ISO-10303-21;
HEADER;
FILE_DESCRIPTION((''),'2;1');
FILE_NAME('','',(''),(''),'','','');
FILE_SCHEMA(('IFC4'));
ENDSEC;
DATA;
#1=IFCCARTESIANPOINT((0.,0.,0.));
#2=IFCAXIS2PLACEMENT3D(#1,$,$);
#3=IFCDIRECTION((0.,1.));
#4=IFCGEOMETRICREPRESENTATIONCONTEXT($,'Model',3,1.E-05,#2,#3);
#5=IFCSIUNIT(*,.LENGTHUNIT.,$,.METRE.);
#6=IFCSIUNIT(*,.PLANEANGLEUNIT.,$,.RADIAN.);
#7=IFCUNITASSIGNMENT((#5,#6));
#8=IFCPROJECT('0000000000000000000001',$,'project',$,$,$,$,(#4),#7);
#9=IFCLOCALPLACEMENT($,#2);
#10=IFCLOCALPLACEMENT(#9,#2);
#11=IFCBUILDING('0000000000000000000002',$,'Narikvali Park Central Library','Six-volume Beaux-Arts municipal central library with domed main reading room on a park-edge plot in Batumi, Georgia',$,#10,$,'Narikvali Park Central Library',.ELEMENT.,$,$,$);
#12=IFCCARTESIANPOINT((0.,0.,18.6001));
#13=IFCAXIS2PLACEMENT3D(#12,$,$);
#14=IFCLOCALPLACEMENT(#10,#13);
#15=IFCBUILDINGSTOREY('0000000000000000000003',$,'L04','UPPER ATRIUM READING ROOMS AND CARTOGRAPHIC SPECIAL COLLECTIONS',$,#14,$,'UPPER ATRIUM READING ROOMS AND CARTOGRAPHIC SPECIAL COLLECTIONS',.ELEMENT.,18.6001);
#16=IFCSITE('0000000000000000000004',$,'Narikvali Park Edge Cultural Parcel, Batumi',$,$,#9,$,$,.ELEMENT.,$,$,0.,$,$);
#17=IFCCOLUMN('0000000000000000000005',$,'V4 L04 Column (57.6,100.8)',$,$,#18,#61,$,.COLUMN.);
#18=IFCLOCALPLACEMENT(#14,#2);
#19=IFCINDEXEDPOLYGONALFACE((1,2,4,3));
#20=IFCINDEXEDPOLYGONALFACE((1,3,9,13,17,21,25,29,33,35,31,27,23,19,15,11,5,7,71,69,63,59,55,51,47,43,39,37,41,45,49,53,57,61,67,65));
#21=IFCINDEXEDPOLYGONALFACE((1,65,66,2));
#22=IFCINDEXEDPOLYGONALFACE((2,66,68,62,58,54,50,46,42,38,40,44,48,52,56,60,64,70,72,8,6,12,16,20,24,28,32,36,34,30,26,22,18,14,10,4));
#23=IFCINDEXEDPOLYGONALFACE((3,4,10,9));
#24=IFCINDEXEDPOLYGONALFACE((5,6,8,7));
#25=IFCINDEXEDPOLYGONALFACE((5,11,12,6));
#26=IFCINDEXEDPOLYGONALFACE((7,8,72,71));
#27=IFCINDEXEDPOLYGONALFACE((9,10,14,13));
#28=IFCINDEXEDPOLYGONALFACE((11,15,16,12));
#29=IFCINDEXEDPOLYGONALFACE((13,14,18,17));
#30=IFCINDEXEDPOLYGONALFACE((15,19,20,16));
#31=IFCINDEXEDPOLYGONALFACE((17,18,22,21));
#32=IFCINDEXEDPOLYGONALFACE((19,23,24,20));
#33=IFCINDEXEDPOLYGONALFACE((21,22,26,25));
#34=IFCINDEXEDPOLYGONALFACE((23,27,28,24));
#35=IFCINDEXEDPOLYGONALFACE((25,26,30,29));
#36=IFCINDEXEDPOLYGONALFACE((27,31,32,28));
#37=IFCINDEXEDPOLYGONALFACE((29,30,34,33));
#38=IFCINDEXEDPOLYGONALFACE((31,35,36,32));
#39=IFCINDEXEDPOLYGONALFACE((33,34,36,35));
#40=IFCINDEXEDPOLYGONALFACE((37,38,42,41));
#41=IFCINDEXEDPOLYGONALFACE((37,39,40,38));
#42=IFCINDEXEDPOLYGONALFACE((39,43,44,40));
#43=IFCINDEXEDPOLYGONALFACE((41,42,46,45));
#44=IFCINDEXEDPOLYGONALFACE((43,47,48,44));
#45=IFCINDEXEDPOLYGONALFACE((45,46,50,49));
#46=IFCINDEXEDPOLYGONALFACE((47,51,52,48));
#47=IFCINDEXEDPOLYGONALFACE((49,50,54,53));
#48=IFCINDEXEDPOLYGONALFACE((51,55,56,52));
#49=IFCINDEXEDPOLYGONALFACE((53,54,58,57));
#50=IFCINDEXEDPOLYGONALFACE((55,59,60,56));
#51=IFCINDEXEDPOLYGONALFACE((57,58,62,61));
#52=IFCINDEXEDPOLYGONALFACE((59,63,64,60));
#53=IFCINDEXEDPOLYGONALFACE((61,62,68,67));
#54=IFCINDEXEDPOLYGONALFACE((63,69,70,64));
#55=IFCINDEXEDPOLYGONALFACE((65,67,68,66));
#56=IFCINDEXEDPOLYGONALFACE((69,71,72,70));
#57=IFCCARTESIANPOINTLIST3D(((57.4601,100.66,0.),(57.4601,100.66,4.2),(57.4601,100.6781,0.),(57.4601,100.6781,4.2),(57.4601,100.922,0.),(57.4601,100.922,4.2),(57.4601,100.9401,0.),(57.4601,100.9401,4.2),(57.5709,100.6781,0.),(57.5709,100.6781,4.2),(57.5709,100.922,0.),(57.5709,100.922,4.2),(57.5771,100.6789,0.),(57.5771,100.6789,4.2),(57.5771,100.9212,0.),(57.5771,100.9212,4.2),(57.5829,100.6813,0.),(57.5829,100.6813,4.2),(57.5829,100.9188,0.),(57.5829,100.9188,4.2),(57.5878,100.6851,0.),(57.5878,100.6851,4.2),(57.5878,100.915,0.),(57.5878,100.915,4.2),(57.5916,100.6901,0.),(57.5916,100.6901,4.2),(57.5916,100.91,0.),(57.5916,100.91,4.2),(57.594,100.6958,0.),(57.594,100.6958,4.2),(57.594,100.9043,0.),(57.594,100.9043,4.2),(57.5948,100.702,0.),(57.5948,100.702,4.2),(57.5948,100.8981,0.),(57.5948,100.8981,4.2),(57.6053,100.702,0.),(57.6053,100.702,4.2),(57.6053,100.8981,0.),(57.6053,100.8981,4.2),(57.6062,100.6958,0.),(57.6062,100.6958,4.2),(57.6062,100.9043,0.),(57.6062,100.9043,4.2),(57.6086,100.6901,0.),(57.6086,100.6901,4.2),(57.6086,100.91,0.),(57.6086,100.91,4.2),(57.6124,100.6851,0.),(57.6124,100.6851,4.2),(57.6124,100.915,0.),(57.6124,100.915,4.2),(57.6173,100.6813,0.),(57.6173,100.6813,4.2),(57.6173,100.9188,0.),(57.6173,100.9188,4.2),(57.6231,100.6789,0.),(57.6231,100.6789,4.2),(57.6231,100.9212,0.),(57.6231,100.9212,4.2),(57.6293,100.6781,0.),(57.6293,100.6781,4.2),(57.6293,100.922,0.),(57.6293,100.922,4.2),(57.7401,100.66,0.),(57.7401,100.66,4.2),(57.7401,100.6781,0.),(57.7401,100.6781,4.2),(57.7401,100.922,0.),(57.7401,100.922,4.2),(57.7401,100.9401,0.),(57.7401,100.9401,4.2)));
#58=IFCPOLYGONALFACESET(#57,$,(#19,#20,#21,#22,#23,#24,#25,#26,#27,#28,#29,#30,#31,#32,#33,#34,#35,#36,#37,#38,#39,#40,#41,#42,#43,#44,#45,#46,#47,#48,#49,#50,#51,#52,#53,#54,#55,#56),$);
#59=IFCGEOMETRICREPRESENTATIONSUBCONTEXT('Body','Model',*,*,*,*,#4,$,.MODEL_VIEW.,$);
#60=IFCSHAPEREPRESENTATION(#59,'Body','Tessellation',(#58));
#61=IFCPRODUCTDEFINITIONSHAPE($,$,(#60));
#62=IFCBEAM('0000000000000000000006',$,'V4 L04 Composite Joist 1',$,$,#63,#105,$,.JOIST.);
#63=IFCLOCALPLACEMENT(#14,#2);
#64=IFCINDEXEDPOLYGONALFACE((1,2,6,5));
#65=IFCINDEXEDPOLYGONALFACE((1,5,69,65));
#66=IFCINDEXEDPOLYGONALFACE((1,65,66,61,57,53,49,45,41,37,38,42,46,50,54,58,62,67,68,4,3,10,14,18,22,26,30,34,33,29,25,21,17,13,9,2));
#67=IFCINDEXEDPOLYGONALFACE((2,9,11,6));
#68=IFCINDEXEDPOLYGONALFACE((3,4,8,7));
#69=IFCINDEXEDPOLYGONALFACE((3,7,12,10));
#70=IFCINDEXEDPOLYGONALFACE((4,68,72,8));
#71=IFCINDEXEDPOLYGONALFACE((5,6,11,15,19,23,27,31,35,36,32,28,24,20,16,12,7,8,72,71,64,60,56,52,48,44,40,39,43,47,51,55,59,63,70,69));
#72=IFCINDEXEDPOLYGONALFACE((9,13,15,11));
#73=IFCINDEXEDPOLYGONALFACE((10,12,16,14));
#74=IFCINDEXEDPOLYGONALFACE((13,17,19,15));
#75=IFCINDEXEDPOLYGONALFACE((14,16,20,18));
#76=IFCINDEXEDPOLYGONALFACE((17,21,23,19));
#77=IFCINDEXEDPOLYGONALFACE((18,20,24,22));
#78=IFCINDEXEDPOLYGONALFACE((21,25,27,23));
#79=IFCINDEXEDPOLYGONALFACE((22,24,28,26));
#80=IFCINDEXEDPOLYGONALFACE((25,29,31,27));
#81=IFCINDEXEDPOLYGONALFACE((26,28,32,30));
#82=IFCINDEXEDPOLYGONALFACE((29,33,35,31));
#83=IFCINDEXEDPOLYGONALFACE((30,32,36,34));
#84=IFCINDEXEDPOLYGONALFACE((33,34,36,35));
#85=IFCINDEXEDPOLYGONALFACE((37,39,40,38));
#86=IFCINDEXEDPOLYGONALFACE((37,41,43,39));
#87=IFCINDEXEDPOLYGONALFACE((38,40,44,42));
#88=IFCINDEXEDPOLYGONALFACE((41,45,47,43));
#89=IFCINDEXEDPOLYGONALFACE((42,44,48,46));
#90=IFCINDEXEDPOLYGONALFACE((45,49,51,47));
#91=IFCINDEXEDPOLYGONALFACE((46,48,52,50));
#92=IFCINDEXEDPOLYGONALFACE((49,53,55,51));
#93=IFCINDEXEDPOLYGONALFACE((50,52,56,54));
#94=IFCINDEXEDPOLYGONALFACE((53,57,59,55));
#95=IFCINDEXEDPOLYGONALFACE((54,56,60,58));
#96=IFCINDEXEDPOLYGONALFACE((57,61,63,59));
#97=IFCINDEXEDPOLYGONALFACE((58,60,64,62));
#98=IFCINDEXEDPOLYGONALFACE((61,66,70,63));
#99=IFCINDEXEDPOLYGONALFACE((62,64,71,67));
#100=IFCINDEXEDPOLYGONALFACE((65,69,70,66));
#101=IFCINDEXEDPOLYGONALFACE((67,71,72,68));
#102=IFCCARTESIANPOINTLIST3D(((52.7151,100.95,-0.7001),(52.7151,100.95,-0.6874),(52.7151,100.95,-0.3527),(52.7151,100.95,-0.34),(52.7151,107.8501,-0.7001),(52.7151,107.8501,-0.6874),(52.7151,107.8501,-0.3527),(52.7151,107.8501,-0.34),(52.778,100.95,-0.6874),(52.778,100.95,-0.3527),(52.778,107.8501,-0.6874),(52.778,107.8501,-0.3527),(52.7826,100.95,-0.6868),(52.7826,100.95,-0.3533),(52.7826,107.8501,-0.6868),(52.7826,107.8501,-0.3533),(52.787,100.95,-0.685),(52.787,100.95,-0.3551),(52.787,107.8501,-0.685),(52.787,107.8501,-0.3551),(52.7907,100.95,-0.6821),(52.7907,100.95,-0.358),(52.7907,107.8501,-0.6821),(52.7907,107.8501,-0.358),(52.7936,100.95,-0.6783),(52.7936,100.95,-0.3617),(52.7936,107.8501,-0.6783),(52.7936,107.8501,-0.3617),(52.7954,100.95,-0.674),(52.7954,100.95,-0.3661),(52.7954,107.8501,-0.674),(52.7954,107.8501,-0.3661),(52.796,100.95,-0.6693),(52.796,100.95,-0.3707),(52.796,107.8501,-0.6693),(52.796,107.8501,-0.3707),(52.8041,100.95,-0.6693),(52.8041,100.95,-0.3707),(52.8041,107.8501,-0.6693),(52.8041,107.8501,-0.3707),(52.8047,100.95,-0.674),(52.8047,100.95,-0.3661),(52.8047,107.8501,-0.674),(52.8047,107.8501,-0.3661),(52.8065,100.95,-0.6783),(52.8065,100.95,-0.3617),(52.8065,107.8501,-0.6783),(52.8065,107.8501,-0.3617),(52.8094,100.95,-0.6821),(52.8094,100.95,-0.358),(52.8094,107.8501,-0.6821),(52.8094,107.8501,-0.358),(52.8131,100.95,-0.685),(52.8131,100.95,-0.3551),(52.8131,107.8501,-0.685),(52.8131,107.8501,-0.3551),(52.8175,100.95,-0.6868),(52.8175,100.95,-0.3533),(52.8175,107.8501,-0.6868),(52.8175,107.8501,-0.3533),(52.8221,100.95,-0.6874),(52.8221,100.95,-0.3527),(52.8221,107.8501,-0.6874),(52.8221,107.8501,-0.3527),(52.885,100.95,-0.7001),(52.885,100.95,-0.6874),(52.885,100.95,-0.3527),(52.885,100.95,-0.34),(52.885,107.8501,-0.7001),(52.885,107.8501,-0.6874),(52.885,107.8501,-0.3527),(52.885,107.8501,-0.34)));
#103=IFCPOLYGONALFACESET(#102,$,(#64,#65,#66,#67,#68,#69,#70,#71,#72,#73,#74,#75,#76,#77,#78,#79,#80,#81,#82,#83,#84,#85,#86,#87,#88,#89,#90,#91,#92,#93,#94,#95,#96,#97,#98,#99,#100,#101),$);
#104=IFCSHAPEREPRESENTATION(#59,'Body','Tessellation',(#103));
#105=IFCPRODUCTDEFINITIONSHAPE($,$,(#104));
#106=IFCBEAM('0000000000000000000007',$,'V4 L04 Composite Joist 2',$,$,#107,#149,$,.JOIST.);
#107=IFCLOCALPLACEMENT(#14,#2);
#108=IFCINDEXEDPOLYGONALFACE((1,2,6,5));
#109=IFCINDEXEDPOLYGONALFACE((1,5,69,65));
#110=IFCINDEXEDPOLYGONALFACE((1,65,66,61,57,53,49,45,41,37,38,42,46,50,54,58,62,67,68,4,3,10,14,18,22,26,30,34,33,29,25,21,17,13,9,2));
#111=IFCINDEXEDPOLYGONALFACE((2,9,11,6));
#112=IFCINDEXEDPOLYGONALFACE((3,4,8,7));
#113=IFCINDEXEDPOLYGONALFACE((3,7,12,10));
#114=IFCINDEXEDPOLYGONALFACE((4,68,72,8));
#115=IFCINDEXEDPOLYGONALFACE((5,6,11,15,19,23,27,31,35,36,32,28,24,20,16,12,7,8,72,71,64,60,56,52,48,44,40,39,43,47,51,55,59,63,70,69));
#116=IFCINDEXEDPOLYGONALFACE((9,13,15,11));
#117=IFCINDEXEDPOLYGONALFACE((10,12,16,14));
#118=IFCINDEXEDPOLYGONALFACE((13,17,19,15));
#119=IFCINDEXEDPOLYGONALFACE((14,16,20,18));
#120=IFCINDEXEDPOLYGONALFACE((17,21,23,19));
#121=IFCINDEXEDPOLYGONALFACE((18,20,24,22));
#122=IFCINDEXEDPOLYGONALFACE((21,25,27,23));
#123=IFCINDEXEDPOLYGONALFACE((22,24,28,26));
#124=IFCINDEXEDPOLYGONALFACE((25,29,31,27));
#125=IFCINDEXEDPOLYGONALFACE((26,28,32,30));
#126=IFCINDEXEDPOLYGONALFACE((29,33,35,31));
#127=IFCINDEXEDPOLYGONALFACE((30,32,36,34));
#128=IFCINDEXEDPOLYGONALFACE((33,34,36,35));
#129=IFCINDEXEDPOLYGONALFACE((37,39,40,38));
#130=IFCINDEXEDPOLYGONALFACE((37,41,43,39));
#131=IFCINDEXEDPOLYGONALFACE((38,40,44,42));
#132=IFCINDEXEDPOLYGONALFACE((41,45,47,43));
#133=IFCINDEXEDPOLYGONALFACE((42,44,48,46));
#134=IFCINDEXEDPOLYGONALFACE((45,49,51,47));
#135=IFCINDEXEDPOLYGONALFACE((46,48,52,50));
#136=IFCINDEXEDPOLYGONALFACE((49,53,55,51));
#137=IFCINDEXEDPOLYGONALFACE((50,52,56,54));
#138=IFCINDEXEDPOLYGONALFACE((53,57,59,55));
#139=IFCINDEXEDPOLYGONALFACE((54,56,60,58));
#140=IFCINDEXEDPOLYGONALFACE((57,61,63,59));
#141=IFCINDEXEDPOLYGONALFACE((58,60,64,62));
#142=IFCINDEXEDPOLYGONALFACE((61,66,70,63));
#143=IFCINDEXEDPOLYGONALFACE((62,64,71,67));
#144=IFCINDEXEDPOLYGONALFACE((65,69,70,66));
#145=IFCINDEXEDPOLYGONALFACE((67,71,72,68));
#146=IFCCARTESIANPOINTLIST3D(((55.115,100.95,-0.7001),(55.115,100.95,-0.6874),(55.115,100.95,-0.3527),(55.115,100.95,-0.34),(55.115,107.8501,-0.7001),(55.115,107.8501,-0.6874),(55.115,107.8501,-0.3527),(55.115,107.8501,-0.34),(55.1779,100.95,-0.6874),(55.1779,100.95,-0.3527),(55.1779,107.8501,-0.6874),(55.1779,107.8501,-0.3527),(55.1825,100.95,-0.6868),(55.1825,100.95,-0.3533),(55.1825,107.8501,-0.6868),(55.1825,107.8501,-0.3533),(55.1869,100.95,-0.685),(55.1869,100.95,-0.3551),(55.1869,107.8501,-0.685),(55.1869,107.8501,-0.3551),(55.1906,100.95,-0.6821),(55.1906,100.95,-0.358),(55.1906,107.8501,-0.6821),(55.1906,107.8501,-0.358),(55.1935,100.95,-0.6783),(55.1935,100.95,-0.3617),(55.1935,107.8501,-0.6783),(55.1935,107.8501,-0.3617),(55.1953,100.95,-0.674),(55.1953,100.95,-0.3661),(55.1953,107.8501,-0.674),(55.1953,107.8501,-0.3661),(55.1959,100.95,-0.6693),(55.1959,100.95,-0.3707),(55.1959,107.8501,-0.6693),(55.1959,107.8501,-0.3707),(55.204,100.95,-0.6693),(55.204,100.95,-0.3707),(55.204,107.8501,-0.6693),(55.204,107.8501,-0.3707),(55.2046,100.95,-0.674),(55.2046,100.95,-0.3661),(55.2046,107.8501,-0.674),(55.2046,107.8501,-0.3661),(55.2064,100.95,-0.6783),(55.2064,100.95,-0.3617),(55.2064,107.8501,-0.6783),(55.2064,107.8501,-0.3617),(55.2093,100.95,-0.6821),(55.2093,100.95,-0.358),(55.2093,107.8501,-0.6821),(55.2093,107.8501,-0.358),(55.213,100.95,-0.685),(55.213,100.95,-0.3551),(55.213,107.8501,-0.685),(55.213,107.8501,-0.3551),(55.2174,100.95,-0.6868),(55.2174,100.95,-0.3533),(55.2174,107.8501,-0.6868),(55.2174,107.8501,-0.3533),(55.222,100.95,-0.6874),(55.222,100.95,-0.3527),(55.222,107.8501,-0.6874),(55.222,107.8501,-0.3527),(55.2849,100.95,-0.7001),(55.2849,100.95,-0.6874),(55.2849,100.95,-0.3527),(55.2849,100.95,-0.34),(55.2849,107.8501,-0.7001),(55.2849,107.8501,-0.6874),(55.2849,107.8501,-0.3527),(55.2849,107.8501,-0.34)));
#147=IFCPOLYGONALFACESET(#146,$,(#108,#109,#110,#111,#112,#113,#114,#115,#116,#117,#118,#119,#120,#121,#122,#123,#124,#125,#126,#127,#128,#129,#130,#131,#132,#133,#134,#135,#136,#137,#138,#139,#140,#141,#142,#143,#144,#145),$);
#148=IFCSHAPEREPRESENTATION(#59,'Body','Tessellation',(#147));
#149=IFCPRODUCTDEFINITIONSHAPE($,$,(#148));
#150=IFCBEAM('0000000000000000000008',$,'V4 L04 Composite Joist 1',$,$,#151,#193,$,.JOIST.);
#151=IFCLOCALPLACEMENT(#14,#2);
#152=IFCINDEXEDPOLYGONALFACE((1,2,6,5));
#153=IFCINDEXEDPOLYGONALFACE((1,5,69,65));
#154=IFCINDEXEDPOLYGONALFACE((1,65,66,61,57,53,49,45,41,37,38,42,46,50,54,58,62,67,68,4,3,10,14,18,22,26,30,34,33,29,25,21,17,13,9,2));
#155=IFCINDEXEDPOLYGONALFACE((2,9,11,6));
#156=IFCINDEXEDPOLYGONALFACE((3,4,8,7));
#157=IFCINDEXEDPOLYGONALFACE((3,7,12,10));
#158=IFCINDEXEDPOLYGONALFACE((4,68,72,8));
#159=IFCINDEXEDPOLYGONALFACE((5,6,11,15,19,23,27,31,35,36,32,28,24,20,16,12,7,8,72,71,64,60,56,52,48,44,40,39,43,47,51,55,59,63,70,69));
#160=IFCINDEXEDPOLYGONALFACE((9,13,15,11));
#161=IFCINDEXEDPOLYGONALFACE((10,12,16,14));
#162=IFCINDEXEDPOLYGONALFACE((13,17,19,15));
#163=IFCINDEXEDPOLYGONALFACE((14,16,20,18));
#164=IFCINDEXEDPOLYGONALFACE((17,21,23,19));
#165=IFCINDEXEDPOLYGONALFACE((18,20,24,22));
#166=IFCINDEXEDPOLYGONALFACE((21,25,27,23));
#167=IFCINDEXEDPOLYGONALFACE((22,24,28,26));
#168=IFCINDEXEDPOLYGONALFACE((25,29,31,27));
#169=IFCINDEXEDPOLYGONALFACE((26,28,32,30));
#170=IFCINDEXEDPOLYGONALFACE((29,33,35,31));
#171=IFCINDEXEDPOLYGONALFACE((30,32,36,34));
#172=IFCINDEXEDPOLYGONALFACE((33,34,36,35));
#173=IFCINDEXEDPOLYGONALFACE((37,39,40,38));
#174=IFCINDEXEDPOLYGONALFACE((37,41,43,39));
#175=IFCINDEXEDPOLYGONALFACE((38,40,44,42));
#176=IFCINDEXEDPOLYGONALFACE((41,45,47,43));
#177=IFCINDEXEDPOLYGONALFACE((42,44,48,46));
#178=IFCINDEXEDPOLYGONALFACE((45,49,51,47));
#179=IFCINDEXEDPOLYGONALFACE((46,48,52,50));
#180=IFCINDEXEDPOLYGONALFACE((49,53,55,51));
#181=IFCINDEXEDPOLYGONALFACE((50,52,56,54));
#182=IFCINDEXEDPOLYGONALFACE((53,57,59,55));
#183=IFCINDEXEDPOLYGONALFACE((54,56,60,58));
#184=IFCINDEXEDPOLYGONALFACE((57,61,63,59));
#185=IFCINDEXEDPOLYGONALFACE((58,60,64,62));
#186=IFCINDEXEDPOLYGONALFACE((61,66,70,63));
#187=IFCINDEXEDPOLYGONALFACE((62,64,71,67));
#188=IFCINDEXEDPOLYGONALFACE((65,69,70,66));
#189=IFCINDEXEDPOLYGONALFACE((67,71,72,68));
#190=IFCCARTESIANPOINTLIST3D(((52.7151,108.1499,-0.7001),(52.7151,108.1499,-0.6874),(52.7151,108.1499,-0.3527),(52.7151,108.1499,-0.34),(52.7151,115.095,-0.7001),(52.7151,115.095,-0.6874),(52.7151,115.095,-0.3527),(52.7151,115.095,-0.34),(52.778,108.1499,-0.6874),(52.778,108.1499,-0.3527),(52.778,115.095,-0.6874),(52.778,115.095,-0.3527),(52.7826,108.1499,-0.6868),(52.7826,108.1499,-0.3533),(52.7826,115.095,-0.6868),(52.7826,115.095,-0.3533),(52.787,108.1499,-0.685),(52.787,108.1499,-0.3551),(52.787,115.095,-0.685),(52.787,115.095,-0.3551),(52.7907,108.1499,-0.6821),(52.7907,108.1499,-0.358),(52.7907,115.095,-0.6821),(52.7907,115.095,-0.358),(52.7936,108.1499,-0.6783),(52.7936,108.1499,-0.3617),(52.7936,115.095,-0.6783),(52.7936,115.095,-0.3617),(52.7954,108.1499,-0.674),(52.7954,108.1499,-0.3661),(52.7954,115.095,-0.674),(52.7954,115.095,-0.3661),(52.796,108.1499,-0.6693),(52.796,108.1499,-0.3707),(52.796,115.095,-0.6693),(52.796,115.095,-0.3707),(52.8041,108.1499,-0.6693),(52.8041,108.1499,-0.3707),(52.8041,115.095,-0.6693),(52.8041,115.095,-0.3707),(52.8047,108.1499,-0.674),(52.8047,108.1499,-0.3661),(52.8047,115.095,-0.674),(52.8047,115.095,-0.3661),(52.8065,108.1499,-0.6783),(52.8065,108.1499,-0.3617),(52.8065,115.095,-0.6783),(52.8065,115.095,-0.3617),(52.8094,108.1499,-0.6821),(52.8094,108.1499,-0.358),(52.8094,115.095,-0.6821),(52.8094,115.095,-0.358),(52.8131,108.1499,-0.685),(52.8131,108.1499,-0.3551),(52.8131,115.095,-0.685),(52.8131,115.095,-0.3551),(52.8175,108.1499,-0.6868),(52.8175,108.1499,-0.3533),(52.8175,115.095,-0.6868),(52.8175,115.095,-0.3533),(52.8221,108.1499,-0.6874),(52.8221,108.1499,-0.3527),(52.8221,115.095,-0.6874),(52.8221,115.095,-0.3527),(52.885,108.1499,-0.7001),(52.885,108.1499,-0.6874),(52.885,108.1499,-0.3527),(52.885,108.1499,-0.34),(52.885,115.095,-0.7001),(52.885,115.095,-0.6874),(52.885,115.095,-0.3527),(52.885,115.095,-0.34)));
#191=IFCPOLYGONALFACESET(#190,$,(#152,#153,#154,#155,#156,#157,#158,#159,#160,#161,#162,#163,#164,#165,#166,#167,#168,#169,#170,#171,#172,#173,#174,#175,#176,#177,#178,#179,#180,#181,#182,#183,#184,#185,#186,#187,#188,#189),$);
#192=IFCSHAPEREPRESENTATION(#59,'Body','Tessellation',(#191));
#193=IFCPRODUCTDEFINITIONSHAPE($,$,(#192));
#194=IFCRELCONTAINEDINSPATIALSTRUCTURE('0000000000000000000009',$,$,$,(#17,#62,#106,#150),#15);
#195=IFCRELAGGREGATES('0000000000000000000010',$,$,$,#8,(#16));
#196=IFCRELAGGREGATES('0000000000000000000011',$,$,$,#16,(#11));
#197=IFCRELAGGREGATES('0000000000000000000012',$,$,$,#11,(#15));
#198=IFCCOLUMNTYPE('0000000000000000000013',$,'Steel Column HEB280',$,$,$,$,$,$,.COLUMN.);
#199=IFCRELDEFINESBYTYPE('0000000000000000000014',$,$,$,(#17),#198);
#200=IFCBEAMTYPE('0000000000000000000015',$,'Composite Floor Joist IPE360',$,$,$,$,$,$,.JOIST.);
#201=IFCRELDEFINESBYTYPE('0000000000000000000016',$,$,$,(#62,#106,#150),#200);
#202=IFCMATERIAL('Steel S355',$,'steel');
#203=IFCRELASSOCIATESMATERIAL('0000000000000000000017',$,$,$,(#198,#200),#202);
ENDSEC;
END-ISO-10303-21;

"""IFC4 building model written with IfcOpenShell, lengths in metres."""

from ifc_helpers import new_model, si_unit, direction, frame, origin, origin_2d, place, context, subcontext, project, spatial, i_section, extrude, material, material_profile, profile_set, type_object, element, save


model = new_model("IFC4")

# Units and contexts
model_context = context("Model", 3, precision=1e-05, world=origin(), true_north=direction((0.0, 1.0)))
body_context = subcontext(model_context, "Body", "Model", "MODEL_VIEW")
ifc_project = project(units=[si_unit("LENGTHUNIT", "METRE"), si_unit("PLANEANGLEUNIT", "RADIAN")], contexts=[model_context])

# Site, building, storey
site_placement = place(None, origin())
site = spatial("IfcSite", under=ifc_project, at=site_placement, Name="Narikvali Park Edge Cultural Parcel, Batumi", CompositionType="ELEMENT", RefElevation=0.0)
building_placement = place(site_placement, origin())
building = spatial("IfcBuilding", under=site, at=building_placement, Name="Narikvali Park Central Library", Description="Six-volume Beaux-Arts municipal central library with domed main reading room on a park-edge plot in Batumi, Georgia", LongName="Narikvali Park Central Library", CompositionType="ELEMENT")
storey_placement = place(building_placement, frame((0.0, 0.0, 18.6001)))
storey = spatial("IfcBuildingStorey", under=building, at=storey_placement, Name="L04", Description="UPPER ATRIUM READING ROOMS AND CARTOGRAPHIC SPECIAL COLLECTIONS", LongName="UPPER ATRIUM READING ROOMS AND CARTOGRAPHIC SPECIAL COLLECTIONS", CompositionType="ELEMENT", Elevation=18.6001)

# Column
ifc_material_1 = material(Name="Steel S355", Category="steel")
ifc_material_profile_1 = material_profile(ifc_material_1, i_section(OverallWidth=0.28, OverallDepth=0.28, WebThickness=0.0105, FlangeThickness=0.0181, FilletRadius=0.0239, at=origin_2d()), Name="HEB 280")
ifc_profile_set_1 = profile_set([ifc_material_profile_1], Name="Steel S355")
column_type = type_object("IfcColumnType", Name="Steel Column HEB280", PredefinedType="COLUMN", material=ifc_profile_set_1)
column_placement = place(storey_placement, frame((57.6001, 100.8, 0.0), z_axis=(0.0, 0.0, 1.0), x_axis=(1.0, 0.0, 0.0)))
element("IfcColumn", 1, at=column_placement, inside=storey, type_object=column_type, Name="V4 L04 Column (57.6,100.8)", PredefinedType="COLUMN", context=body_context, shape_type="SweptSolid", body=[
    extrude(i_section(OverallWidth=0.28, OverallDepth=0.28, WebThickness=0.0105, FlangeThickness=0.0181, FilletRadius=0.0239, at=origin_2d()), origin(), (0.0, 0.0, 1.0), 4.2),
])

# Beams
ifc_material_profile_2 = material_profile(ifc_material_1, i_section(OverallWidth=0.1699, OverallDepth=0.3601, WebThickness=0.0081, FlangeThickness=0.0127, FilletRadius=0.0181, at=origin_2d()), Name="IPE 360")
ifc_profile_set_2 = profile_set([ifc_material_profile_2], Name="Steel S355")
beam_type_1 = type_object("IfcBeamType", Name="Composite Floor Joist IPE360", PredefinedType="JOIST", material=ifc_profile_set_2)
for number, where, z_axis, x_axis, name in (
    (2, (52.8, 100.95, -0.52), (0.0, 1.0, 0.0), (-1.0, 0.0, 0.0), "V4 L04 Composite Joist 1"),
    (3, (55.2, 100.95, -0.52), (0.0, 1.0, 0.0), (-1.0, 0.0, 0.0), "V4 L04 Composite Joist 2"),
):
    element("IfcBeam", number, at=place(storey_placement, frame(where, z_axis=z_axis, x_axis=x_axis)), inside=storey, type_object=beam_type_1, Name=name, PredefinedType="JOIST", context=body_context, shape_type="SweptSolid", body=[
        extrude(i_section(OverallWidth=0.1699, OverallDepth=0.3601, WebThickness=0.0081, FlangeThickness=0.0127, FilletRadius=0.0181, at=origin_2d()), origin(), (0.0, 0.0, 1.0), 6.9001),
    ])
for number, where, z_axis, x_axis, name in (
    (4, (52.8, 108.1499, -0.52), (0.0, 1.0, 0.0), (-1.0, 0.0, 0.0), "V4 L04 Composite Joist 1"),
):
    element("IfcBeam", number, at=place(storey_placement, frame(where, z_axis=z_axis, x_axis=x_axis)), inside=storey, type_object=beam_type_1, Name=name, PredefinedType="JOIST", context=body_context, shape_type="SweptSolid", body=[
        extrude(i_section(OverallWidth=0.1699, OverallDepth=0.3601, WebThickness=0.0081, FlangeThickness=0.0127, FilletRadius=0.0181, at=origin_2d()), origin(), (0.0, 0.0, 1.0), 6.9451),
    ])

save(model, "model.ifc")
